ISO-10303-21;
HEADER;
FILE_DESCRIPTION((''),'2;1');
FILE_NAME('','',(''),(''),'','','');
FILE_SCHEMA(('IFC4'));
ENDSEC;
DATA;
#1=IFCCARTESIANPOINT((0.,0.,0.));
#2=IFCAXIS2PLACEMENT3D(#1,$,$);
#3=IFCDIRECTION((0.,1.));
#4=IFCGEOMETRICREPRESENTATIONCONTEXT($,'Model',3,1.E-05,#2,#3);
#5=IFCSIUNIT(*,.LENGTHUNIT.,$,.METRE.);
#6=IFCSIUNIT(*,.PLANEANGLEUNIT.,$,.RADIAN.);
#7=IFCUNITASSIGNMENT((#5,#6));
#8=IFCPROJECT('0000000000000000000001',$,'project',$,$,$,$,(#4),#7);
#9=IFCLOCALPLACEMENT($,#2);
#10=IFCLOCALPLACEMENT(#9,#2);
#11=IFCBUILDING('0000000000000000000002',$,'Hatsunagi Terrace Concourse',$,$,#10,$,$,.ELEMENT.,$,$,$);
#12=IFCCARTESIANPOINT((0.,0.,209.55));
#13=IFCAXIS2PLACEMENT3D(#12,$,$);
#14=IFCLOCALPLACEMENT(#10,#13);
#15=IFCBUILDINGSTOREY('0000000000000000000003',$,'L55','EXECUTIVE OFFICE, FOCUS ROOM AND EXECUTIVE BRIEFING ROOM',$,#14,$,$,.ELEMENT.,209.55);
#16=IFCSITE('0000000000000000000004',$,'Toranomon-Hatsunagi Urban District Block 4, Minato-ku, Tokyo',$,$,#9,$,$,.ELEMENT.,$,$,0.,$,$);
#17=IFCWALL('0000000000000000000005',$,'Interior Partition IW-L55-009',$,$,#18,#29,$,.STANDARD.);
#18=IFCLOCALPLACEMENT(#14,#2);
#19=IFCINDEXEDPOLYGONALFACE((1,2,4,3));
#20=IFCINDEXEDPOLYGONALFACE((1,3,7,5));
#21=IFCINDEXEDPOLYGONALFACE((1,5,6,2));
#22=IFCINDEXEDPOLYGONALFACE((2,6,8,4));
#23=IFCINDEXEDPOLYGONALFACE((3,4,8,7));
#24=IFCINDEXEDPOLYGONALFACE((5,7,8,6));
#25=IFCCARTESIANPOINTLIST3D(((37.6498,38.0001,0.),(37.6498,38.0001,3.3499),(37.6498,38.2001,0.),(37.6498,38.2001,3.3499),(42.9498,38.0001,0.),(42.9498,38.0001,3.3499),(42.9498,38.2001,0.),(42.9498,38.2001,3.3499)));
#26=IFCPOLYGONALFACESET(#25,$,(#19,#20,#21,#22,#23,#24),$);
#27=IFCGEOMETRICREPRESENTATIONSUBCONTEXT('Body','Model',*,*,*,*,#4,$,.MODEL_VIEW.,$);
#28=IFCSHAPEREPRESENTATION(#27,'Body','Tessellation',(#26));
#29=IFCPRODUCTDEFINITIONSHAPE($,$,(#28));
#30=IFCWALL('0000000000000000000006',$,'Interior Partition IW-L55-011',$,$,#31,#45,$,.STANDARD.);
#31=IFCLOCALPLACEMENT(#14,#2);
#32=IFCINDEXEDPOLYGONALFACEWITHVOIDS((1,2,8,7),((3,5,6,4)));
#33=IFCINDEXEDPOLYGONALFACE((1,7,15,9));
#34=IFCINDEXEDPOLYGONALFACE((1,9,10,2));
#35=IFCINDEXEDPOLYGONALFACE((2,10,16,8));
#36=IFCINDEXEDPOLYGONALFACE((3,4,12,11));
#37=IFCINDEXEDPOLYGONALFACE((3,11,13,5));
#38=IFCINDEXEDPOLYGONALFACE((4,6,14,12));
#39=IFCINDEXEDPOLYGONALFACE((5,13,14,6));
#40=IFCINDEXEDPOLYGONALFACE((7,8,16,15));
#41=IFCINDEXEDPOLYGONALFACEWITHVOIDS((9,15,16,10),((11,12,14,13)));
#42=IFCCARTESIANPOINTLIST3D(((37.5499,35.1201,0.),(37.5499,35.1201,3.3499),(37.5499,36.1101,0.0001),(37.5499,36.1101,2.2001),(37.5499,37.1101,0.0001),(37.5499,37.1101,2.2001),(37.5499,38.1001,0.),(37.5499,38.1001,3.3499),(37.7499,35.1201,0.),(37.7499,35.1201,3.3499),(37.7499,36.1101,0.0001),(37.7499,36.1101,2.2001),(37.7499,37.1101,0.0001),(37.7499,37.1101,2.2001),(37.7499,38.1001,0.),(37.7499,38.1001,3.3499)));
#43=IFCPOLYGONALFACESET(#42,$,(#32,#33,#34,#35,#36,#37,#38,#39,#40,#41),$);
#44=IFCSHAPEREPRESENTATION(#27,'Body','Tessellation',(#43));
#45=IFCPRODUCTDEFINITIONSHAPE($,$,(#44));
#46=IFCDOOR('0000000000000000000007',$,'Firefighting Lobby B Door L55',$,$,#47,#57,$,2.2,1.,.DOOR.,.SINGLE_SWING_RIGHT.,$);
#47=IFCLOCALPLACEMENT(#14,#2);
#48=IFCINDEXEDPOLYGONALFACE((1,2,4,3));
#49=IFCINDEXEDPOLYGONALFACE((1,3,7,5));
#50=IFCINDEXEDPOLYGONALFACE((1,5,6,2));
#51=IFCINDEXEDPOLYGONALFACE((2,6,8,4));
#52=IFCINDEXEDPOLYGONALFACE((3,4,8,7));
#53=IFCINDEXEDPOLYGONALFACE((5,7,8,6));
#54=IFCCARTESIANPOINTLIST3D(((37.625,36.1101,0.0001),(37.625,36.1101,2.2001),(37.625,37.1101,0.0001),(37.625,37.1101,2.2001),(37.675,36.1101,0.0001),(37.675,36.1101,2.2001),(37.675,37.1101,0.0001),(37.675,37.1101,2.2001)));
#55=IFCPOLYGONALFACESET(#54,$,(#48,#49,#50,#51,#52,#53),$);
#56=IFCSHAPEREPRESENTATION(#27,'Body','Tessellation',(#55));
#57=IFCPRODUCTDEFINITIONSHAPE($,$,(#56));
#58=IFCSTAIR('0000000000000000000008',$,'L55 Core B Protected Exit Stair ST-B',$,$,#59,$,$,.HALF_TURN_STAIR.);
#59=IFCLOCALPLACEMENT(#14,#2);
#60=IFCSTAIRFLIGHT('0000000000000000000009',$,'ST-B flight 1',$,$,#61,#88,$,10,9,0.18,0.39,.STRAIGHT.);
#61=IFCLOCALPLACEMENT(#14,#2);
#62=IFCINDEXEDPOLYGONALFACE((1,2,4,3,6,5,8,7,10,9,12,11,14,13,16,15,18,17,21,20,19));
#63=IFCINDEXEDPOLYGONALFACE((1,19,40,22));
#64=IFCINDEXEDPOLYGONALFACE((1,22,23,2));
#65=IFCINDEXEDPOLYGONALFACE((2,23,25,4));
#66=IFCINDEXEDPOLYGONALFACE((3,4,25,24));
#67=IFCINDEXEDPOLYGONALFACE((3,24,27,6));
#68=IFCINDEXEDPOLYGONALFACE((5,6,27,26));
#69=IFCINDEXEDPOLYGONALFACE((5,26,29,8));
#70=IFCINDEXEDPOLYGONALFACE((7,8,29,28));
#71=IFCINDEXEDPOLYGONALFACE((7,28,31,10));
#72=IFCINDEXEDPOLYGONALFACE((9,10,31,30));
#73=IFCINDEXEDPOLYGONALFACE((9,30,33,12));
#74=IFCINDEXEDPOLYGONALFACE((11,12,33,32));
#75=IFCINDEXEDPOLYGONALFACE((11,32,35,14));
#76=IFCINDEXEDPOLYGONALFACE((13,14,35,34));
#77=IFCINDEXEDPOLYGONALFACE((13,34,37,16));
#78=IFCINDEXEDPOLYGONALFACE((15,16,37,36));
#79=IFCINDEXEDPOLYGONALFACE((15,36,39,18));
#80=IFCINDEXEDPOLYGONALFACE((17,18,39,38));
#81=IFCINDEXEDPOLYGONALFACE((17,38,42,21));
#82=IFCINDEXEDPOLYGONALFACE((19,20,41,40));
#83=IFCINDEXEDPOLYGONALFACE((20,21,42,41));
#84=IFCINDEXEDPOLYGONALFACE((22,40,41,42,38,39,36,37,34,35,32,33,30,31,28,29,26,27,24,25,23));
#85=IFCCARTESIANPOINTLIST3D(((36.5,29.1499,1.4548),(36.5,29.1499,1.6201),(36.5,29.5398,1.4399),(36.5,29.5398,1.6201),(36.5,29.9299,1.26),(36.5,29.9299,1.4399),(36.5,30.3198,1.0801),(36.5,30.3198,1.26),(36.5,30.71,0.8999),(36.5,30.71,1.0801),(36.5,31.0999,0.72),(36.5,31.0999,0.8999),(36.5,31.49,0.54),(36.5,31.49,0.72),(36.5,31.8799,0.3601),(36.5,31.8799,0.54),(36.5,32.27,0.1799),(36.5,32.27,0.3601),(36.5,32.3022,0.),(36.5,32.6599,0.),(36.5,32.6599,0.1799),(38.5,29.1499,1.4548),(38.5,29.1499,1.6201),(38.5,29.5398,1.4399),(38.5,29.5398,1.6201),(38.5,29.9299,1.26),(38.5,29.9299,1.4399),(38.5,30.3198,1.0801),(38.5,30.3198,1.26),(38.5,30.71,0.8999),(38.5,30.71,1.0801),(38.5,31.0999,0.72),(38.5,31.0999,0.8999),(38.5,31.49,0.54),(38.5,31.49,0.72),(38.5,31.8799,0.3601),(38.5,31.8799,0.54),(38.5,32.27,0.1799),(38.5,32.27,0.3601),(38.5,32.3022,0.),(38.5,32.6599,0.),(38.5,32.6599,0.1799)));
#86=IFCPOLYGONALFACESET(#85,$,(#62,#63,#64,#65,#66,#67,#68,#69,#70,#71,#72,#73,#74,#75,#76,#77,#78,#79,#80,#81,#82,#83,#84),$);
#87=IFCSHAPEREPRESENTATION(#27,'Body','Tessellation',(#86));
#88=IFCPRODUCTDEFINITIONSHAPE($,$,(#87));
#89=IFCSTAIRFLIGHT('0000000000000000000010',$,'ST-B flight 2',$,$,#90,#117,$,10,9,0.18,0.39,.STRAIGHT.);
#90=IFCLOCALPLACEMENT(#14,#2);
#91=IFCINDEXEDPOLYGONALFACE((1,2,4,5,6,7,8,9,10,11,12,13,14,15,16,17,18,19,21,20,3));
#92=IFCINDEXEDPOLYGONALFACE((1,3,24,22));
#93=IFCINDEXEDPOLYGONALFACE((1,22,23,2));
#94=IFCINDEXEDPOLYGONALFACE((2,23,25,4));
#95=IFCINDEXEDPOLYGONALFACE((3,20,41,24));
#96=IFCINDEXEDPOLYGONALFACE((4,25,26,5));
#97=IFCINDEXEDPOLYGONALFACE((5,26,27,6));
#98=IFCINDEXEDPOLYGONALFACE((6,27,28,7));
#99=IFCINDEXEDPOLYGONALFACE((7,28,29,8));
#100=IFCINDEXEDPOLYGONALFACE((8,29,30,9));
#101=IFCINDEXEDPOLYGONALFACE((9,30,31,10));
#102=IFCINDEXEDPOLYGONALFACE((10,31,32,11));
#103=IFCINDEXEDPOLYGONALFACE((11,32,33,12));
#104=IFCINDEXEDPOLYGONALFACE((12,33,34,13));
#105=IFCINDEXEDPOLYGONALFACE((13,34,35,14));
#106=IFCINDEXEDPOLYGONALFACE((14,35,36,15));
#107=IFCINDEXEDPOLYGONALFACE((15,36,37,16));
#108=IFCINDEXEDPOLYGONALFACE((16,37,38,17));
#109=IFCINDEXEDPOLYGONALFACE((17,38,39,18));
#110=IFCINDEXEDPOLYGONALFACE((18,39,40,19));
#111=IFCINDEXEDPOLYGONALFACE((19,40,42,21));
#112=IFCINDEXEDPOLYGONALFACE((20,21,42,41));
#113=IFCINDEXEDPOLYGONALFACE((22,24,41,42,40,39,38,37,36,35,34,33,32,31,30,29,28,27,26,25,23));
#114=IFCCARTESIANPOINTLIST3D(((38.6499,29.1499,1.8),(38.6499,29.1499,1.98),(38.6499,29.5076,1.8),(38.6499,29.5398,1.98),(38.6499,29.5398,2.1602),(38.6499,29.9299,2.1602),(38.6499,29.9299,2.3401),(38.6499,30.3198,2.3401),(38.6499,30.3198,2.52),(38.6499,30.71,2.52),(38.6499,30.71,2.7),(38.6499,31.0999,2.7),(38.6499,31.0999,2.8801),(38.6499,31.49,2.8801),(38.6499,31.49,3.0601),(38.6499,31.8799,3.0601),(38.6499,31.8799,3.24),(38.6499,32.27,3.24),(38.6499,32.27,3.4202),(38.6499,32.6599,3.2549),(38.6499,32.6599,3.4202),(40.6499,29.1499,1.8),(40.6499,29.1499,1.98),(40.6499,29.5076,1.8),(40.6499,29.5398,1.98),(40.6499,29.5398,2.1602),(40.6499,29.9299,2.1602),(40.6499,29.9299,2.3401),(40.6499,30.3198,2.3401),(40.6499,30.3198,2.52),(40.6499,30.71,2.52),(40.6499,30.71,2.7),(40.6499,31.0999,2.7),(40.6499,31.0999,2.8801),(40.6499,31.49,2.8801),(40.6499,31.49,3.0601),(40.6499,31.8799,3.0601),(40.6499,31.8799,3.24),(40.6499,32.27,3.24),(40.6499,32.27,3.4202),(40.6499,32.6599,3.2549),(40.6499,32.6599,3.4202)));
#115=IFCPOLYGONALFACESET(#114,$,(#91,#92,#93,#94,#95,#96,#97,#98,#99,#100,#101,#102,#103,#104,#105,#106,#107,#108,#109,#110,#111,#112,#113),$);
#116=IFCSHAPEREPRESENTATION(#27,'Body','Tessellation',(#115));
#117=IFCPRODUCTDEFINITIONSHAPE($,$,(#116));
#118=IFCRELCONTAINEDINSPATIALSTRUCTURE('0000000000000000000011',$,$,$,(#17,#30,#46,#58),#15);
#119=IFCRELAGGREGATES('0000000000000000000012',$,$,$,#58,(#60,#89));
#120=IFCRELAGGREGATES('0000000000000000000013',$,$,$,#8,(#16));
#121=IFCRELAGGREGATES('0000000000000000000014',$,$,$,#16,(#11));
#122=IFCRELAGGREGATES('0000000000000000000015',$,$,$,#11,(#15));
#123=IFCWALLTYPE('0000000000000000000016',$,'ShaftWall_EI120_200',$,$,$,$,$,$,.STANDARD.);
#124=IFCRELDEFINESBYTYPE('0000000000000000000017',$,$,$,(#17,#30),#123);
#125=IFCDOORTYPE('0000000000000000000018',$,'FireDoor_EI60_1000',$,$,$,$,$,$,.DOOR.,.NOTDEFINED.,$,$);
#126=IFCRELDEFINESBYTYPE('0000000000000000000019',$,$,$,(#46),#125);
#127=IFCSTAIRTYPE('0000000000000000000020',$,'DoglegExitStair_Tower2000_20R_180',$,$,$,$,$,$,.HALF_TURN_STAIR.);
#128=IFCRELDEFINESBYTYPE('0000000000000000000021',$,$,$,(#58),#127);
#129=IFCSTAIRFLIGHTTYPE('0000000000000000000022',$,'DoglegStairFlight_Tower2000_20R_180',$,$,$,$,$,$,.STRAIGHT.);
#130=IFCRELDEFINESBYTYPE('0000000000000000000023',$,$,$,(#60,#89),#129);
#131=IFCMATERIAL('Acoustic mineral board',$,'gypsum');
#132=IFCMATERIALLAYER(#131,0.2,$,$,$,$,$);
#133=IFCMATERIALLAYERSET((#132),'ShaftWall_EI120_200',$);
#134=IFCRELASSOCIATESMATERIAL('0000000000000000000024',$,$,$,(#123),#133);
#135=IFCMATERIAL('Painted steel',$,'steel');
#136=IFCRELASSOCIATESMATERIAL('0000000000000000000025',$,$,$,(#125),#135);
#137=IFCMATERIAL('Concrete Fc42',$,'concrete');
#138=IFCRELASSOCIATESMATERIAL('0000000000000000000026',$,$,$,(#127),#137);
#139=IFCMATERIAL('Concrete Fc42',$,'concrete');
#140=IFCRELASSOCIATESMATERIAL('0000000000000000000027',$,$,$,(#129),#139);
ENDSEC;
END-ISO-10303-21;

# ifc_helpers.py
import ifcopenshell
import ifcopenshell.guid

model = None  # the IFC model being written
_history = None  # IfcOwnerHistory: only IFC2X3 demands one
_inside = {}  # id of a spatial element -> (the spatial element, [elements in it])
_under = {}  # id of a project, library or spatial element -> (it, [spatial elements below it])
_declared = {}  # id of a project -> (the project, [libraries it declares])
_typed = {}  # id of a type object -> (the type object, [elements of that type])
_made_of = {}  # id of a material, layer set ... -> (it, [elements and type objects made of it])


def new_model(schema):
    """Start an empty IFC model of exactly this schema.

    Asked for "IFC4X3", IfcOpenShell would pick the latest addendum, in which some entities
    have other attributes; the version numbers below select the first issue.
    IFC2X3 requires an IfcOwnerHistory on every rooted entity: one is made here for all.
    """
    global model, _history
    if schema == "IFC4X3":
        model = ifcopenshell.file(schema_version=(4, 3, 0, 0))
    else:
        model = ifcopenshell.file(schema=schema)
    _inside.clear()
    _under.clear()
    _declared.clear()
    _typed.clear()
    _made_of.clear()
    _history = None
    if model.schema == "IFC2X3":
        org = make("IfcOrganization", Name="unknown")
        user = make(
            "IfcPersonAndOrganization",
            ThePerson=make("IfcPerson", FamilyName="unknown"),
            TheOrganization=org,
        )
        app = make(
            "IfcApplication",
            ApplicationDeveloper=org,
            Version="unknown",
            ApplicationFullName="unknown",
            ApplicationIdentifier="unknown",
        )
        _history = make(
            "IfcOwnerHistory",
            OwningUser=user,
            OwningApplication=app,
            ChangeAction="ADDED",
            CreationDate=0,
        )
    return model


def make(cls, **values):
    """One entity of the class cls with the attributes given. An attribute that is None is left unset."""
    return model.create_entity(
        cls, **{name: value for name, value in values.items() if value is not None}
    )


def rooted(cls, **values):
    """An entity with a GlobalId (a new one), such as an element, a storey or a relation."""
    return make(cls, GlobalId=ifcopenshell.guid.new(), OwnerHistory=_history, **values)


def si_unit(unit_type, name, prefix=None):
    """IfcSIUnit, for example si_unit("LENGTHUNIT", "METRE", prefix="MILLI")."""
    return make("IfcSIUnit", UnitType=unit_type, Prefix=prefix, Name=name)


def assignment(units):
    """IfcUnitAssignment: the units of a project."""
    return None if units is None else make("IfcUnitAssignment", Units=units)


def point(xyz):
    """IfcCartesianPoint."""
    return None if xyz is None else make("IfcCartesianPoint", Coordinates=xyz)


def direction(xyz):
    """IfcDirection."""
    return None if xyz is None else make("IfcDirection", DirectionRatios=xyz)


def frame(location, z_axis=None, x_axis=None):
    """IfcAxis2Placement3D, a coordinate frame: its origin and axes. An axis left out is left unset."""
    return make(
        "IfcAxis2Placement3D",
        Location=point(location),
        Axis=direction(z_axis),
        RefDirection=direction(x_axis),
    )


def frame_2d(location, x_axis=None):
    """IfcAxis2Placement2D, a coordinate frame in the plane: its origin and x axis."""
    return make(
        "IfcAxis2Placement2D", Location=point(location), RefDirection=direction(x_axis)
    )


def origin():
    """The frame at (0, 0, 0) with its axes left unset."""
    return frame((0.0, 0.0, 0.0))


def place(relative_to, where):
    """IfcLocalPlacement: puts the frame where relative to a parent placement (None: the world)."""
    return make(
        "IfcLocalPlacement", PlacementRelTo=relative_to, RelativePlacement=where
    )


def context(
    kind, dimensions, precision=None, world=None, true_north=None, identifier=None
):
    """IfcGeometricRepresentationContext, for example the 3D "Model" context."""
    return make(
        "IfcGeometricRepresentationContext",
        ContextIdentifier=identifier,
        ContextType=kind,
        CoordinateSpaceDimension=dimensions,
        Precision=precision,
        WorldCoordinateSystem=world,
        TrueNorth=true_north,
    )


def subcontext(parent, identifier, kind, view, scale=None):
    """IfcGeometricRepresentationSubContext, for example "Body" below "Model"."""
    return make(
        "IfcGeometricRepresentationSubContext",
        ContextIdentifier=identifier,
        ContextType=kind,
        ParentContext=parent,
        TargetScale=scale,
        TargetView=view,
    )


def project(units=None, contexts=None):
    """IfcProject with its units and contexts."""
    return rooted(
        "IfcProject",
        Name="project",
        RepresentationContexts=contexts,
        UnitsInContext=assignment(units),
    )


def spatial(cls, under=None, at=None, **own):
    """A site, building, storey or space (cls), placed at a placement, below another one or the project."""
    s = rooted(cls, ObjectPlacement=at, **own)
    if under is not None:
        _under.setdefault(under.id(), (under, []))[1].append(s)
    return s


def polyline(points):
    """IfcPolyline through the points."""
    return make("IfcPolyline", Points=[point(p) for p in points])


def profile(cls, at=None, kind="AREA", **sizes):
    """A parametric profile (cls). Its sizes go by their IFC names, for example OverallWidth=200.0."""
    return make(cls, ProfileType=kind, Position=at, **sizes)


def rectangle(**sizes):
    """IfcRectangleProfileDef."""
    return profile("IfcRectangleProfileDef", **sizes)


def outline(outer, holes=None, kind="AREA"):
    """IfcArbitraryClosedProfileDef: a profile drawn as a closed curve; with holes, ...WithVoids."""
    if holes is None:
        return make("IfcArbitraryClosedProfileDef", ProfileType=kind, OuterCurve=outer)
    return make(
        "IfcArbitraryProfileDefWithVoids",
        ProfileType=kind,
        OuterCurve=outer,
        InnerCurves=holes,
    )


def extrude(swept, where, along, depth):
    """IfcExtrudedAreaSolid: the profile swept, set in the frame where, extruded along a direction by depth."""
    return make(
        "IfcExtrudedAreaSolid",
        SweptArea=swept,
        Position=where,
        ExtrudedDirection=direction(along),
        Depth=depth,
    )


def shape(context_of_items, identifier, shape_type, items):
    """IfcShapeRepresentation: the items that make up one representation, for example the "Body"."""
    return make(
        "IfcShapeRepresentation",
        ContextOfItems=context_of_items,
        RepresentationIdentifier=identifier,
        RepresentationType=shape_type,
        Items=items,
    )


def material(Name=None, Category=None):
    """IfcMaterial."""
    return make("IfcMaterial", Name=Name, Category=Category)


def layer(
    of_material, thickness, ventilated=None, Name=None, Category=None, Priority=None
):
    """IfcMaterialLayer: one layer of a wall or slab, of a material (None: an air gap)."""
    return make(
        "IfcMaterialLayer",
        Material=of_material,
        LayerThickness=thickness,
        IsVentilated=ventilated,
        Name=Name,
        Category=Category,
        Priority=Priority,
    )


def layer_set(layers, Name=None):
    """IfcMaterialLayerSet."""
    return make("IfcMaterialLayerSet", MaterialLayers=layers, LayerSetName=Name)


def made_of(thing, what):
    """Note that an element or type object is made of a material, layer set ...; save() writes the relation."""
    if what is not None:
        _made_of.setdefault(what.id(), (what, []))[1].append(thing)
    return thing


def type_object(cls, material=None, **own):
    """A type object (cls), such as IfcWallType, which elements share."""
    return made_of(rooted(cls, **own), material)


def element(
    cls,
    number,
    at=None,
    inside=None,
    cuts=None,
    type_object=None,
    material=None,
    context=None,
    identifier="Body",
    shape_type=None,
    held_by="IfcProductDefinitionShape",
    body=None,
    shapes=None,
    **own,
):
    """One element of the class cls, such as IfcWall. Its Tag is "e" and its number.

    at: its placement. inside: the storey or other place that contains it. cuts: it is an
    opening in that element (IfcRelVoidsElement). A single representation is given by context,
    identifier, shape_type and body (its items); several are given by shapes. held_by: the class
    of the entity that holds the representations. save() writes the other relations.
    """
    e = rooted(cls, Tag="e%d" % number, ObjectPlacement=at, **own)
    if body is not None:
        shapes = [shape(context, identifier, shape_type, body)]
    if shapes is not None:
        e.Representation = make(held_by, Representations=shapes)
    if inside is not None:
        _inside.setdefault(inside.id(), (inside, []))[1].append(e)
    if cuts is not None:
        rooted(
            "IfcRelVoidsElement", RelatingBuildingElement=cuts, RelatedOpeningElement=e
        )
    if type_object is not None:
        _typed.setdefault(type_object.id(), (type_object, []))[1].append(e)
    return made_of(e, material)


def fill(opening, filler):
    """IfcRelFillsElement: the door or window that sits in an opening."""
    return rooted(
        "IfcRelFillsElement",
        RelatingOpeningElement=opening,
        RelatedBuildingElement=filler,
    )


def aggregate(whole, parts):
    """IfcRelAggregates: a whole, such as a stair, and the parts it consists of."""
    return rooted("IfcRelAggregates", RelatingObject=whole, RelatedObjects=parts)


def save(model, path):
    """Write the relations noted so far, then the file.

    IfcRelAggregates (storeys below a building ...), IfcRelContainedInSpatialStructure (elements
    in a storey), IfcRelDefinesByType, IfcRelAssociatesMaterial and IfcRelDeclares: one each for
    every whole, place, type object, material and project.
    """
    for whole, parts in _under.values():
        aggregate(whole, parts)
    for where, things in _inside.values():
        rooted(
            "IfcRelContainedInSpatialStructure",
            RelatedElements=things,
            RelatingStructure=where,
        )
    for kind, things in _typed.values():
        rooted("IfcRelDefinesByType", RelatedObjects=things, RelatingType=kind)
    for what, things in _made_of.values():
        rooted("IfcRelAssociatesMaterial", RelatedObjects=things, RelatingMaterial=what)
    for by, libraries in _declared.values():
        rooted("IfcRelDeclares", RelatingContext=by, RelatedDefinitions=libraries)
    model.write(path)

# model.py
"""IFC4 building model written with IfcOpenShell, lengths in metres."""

from ifc_helpers import new_model, si_unit, direction, frame, frame_2d, origin, place, context, subcontext, project, spatial, polyline, rectangle, outline, extrude, material, layer, layer_set, type_object, element, fill, aggregate, save


model = new_model("IFC4")

# Units and contexts
model_context = context("Model", 3, precision=1e-05, world=origin(), true_north=direction((0.0, 1.0)))
body_context = subcontext(model_context, "Body", "Model", "MODEL_VIEW")
ifc_project = project(units=[si_unit("LENGTHUNIT", "METRE"), si_unit("PLANEANGLEUNIT", "RADIAN")], contexts=[model_context])

# Site, building, storey
site_placement = place(None, origin())
site = spatial("IfcSite", under=ifc_project, at=site_placement, Name="Toranomon-Hatsunagi Urban District Block 4, Minato-ku, Tokyo", CompositionType="ELEMENT", RefElevation=0.0)
building_placement = place(site_placement, origin())
building = spatial("IfcBuilding", under=site, at=building_placement, Name="Hatsunagi Terrace Concourse", CompositionType="ELEMENT")
storey_placement = place(building_placement, frame((0.0, 0.0, 209.55)))
storey = spatial("IfcBuildingStorey", under=building, at=storey_placement, Name="L55", Description="EXECUTIVE OFFICE, FOCUS ROOM AND EXECUTIVE BRIEFING ROOM", CompositionType="ELEMENT", Elevation=209.55)

# Shared definitions
ifc_material_1 = material(Name="Acoustic mineral board", Category="gypsum")
ifc_layer_1 = layer(ifc_material_1, 0.2)
ifc_layer_set_1 = layer_set([ifc_layer_1], Name="ShaftWall_EI120_200")
wall_type_1 = type_object("IfcWallType", Name="ShaftWall_EI120_200", PredefinedType="STANDARD", material=ifc_layer_set_1)
ifc_material_2 = material(Name="Painted steel", Category="steel")
door_type_1 = type_object("IfcDoorType", Name="FireDoor_EI60_1000", OperationType="NOTDEFINED", PredefinedType="DOOR", material=ifc_material_2)

# Wall
wall_1_placement = place(storey_placement, frame((37.6499, 38.1001, 0.0), z_axis=(0.0, 0.0, 1.0), x_axis=(1.0, 0.0, 0.0)))
element("IfcWall", 1, at=wall_1_placement, inside=storey, type_object=wall_type_1, Name="Interior Partition IW-L55-009", PredefinedType="STANDARD", context=body_context, shape_type="SweptSolid", body=[
    extrude(rectangle(XDim=5.3, YDim=0.2, at=frame_2d((2.6499, 0.0))), origin(), (0.0, 0.0, 1.0), 3.3499),
])

# Wall, opening, door
wall_2_placement = place(storey_placement, frame((37.6499, 35.1201, 0.0), z_axis=(0.0, 0.0, 1.0), x_axis=(0.0, 1.0, 0.0)))
wall_2 = element("IfcWall", 2, at=wall_2_placement, inside=storey, type_object=wall_type_1, Name="Interior Partition IW-L55-011", PredefinedType="STANDARD", context=body_context, shape_type="SweptSolid", body=[
    extrude(rectangle(XDim=2.98, YDim=0.2, at=frame_2d((1.49, 0.0))), origin(), (0.0, 0.0, 1.0), 3.3499),
])
opening_1_placement = place(wall_2_placement, frame((0.99, 0.0, 0.0)))
opening_1 = element("IfcOpeningElement", 3, at=opening_1_placement, cuts=wall_2, PredefinedType="OPENING", context=body_context, shape_type="SweptSolid", body=[
    extrude(rectangle(XDim=1.0, YDim=2.2, at=frame_2d((0.5, 1.1001))), frame((0.0, 0.1099, 0.0), z_axis=(0.0, -1.0, 0.0), x_axis=(1.0, 0.0, 0.0)), (0.0, 0.0, 1.0), 0.22),
])
door_1_placement = place(opening_1_placement, origin())
door_1 = element("IfcDoor", 4, at=door_1_placement, inside=storey, type_object=door_type_1, Name="Firefighting Lobby B Door L55", OperationType="SINGLE_SWING_RIGHT", OverallHeight=2.2, OverallWidth=1.0, PredefinedType="DOOR", context=body_context, shape_type="SweptSolid", body=[
    extrude(rectangle(XDim=1.0, YDim=2.2, at=frame_2d((0.5, 1.1001))), frame((0.0, 0.0249, 0.0), z_axis=(0.0, -1.0, 0.0), x_axis=(1.0, 0.0, 0.0)), (0.0, 0.0, 1.0), 0.05),
])
fill(opening_1, door_1)

# Stair, stair flights
ifc_material_3 = material(Name="Concrete Fc42", Category="concrete")
stair_type = type_object("IfcStairType", Name="DoglegExitStair_Tower2000_20R_180", PredefinedType="HALF_TURN_STAIR", material=ifc_material_3)
stair_placement = place(storey_placement, origin())
stair = element("IfcStair", 5, at=stair_placement, inside=storey, type_object=stair_type, Name="L55 Core B Protected Exit Stair ST-B", PredefinedType="HALF_TURN_STAIR")
ifc_material_4 = material(Name="Concrete Fc42", Category="concrete")
stair_flight_type = type_object("IfcStairFlightType", Name="DoglegStairFlight_Tower2000_20R_180", PredefinedType="STRAIGHT", material=ifc_material_4)
stair_flight_1_placement = place(storey_placement, frame((37.5, 32.6599, 0.0), z_axis=(0.0, 0.0, 1.0), x_axis=(0.0, -1.0, 0.0)))
stair_flight_1 = element("IfcStairFlight", 6, at=stair_flight_1_placement, type_object=stair_flight_type, Name="ST-B flight 1", NumberOfRisers=10, NumberOfTreads=9, PredefinedType="STRAIGHT", RiserHeight=0.18, TreadLength=0.39, context=body_context, shape_type="SweptSolid", body=[
    extrude(outline(polyline([(0.0, 0.0), (0.0, 0.1799), (0.3899, 0.1799), (0.3899, 0.3601), (0.78, 0.3601), (0.78, 0.54), (1.1699, 0.54), (1.1699, 0.72), (1.5601, 0.72), (1.5601, 0.8999), (1.95, 0.8999), (1.95, 1.0801), (2.3401, 1.0801), (2.3401, 1.26), (2.73, 1.26), (2.73, 1.4399), (3.1201, 1.4399), (3.1201, 1.6201), (3.51, 1.6201), (3.51, 1.8), (3.51, 1.4548), (0.3577, 0.0), (0.0, 0.0)])), frame((0.0, 1.0, 0.0), z_axis=(0.0, -1.0, 0.0), x_axis=(1.0, 0.0, 0.0)), (0.0, 0.0, 1.0), 2.0),
])
stair_flight_2_placement = place(storey_placement, frame((39.6499, 29.1499, 1.8), z_axis=(0.0, 0.0, 1.0), x_axis=(0.0, 1.0, 0.0)))
stair_flight_2 = element("IfcStairFlight", 7, at=stair_flight_2_placement, type_object=stair_flight_type, Name="ST-B flight 2", NumberOfRisers=10, NumberOfTreads=9, PredefinedType="STRAIGHT", RiserHeight=0.18, TreadLength=0.39, context=body_context, shape_type="SweptSolid", body=[
    extrude(outline(polyline([(0.0, 0.0), (0.0, 0.1799), (0.3899, 0.1799), (0.3899, 0.3601), (0.78, 0.3601), (0.78, 0.54), (1.1699, 0.54), (1.1699, 0.72), (1.5601, 0.72), (1.5601, 0.8999), (1.95, 0.8999), (1.95, 1.0801), (2.3401, 1.0801), (2.3401, 1.26), (2.73, 1.26), (2.73, 1.4399), (3.1201, 1.4399), (3.1201, 1.6201), (3.51, 1.6201), (3.51, 1.8), (3.51, 1.4548), (0.3577, 0.0), (0.0, 0.0)])), frame((0.0, 1.0, 0.0), z_axis=(0.0, -1.0, 0.0), x_axis=(1.0, 0.0, 0.0)), (0.0, 0.0, 1.0), 2.0),
])
aggregate(stair, [stair_flight_1, stair_flight_2])

save(model, "model.ifc")
